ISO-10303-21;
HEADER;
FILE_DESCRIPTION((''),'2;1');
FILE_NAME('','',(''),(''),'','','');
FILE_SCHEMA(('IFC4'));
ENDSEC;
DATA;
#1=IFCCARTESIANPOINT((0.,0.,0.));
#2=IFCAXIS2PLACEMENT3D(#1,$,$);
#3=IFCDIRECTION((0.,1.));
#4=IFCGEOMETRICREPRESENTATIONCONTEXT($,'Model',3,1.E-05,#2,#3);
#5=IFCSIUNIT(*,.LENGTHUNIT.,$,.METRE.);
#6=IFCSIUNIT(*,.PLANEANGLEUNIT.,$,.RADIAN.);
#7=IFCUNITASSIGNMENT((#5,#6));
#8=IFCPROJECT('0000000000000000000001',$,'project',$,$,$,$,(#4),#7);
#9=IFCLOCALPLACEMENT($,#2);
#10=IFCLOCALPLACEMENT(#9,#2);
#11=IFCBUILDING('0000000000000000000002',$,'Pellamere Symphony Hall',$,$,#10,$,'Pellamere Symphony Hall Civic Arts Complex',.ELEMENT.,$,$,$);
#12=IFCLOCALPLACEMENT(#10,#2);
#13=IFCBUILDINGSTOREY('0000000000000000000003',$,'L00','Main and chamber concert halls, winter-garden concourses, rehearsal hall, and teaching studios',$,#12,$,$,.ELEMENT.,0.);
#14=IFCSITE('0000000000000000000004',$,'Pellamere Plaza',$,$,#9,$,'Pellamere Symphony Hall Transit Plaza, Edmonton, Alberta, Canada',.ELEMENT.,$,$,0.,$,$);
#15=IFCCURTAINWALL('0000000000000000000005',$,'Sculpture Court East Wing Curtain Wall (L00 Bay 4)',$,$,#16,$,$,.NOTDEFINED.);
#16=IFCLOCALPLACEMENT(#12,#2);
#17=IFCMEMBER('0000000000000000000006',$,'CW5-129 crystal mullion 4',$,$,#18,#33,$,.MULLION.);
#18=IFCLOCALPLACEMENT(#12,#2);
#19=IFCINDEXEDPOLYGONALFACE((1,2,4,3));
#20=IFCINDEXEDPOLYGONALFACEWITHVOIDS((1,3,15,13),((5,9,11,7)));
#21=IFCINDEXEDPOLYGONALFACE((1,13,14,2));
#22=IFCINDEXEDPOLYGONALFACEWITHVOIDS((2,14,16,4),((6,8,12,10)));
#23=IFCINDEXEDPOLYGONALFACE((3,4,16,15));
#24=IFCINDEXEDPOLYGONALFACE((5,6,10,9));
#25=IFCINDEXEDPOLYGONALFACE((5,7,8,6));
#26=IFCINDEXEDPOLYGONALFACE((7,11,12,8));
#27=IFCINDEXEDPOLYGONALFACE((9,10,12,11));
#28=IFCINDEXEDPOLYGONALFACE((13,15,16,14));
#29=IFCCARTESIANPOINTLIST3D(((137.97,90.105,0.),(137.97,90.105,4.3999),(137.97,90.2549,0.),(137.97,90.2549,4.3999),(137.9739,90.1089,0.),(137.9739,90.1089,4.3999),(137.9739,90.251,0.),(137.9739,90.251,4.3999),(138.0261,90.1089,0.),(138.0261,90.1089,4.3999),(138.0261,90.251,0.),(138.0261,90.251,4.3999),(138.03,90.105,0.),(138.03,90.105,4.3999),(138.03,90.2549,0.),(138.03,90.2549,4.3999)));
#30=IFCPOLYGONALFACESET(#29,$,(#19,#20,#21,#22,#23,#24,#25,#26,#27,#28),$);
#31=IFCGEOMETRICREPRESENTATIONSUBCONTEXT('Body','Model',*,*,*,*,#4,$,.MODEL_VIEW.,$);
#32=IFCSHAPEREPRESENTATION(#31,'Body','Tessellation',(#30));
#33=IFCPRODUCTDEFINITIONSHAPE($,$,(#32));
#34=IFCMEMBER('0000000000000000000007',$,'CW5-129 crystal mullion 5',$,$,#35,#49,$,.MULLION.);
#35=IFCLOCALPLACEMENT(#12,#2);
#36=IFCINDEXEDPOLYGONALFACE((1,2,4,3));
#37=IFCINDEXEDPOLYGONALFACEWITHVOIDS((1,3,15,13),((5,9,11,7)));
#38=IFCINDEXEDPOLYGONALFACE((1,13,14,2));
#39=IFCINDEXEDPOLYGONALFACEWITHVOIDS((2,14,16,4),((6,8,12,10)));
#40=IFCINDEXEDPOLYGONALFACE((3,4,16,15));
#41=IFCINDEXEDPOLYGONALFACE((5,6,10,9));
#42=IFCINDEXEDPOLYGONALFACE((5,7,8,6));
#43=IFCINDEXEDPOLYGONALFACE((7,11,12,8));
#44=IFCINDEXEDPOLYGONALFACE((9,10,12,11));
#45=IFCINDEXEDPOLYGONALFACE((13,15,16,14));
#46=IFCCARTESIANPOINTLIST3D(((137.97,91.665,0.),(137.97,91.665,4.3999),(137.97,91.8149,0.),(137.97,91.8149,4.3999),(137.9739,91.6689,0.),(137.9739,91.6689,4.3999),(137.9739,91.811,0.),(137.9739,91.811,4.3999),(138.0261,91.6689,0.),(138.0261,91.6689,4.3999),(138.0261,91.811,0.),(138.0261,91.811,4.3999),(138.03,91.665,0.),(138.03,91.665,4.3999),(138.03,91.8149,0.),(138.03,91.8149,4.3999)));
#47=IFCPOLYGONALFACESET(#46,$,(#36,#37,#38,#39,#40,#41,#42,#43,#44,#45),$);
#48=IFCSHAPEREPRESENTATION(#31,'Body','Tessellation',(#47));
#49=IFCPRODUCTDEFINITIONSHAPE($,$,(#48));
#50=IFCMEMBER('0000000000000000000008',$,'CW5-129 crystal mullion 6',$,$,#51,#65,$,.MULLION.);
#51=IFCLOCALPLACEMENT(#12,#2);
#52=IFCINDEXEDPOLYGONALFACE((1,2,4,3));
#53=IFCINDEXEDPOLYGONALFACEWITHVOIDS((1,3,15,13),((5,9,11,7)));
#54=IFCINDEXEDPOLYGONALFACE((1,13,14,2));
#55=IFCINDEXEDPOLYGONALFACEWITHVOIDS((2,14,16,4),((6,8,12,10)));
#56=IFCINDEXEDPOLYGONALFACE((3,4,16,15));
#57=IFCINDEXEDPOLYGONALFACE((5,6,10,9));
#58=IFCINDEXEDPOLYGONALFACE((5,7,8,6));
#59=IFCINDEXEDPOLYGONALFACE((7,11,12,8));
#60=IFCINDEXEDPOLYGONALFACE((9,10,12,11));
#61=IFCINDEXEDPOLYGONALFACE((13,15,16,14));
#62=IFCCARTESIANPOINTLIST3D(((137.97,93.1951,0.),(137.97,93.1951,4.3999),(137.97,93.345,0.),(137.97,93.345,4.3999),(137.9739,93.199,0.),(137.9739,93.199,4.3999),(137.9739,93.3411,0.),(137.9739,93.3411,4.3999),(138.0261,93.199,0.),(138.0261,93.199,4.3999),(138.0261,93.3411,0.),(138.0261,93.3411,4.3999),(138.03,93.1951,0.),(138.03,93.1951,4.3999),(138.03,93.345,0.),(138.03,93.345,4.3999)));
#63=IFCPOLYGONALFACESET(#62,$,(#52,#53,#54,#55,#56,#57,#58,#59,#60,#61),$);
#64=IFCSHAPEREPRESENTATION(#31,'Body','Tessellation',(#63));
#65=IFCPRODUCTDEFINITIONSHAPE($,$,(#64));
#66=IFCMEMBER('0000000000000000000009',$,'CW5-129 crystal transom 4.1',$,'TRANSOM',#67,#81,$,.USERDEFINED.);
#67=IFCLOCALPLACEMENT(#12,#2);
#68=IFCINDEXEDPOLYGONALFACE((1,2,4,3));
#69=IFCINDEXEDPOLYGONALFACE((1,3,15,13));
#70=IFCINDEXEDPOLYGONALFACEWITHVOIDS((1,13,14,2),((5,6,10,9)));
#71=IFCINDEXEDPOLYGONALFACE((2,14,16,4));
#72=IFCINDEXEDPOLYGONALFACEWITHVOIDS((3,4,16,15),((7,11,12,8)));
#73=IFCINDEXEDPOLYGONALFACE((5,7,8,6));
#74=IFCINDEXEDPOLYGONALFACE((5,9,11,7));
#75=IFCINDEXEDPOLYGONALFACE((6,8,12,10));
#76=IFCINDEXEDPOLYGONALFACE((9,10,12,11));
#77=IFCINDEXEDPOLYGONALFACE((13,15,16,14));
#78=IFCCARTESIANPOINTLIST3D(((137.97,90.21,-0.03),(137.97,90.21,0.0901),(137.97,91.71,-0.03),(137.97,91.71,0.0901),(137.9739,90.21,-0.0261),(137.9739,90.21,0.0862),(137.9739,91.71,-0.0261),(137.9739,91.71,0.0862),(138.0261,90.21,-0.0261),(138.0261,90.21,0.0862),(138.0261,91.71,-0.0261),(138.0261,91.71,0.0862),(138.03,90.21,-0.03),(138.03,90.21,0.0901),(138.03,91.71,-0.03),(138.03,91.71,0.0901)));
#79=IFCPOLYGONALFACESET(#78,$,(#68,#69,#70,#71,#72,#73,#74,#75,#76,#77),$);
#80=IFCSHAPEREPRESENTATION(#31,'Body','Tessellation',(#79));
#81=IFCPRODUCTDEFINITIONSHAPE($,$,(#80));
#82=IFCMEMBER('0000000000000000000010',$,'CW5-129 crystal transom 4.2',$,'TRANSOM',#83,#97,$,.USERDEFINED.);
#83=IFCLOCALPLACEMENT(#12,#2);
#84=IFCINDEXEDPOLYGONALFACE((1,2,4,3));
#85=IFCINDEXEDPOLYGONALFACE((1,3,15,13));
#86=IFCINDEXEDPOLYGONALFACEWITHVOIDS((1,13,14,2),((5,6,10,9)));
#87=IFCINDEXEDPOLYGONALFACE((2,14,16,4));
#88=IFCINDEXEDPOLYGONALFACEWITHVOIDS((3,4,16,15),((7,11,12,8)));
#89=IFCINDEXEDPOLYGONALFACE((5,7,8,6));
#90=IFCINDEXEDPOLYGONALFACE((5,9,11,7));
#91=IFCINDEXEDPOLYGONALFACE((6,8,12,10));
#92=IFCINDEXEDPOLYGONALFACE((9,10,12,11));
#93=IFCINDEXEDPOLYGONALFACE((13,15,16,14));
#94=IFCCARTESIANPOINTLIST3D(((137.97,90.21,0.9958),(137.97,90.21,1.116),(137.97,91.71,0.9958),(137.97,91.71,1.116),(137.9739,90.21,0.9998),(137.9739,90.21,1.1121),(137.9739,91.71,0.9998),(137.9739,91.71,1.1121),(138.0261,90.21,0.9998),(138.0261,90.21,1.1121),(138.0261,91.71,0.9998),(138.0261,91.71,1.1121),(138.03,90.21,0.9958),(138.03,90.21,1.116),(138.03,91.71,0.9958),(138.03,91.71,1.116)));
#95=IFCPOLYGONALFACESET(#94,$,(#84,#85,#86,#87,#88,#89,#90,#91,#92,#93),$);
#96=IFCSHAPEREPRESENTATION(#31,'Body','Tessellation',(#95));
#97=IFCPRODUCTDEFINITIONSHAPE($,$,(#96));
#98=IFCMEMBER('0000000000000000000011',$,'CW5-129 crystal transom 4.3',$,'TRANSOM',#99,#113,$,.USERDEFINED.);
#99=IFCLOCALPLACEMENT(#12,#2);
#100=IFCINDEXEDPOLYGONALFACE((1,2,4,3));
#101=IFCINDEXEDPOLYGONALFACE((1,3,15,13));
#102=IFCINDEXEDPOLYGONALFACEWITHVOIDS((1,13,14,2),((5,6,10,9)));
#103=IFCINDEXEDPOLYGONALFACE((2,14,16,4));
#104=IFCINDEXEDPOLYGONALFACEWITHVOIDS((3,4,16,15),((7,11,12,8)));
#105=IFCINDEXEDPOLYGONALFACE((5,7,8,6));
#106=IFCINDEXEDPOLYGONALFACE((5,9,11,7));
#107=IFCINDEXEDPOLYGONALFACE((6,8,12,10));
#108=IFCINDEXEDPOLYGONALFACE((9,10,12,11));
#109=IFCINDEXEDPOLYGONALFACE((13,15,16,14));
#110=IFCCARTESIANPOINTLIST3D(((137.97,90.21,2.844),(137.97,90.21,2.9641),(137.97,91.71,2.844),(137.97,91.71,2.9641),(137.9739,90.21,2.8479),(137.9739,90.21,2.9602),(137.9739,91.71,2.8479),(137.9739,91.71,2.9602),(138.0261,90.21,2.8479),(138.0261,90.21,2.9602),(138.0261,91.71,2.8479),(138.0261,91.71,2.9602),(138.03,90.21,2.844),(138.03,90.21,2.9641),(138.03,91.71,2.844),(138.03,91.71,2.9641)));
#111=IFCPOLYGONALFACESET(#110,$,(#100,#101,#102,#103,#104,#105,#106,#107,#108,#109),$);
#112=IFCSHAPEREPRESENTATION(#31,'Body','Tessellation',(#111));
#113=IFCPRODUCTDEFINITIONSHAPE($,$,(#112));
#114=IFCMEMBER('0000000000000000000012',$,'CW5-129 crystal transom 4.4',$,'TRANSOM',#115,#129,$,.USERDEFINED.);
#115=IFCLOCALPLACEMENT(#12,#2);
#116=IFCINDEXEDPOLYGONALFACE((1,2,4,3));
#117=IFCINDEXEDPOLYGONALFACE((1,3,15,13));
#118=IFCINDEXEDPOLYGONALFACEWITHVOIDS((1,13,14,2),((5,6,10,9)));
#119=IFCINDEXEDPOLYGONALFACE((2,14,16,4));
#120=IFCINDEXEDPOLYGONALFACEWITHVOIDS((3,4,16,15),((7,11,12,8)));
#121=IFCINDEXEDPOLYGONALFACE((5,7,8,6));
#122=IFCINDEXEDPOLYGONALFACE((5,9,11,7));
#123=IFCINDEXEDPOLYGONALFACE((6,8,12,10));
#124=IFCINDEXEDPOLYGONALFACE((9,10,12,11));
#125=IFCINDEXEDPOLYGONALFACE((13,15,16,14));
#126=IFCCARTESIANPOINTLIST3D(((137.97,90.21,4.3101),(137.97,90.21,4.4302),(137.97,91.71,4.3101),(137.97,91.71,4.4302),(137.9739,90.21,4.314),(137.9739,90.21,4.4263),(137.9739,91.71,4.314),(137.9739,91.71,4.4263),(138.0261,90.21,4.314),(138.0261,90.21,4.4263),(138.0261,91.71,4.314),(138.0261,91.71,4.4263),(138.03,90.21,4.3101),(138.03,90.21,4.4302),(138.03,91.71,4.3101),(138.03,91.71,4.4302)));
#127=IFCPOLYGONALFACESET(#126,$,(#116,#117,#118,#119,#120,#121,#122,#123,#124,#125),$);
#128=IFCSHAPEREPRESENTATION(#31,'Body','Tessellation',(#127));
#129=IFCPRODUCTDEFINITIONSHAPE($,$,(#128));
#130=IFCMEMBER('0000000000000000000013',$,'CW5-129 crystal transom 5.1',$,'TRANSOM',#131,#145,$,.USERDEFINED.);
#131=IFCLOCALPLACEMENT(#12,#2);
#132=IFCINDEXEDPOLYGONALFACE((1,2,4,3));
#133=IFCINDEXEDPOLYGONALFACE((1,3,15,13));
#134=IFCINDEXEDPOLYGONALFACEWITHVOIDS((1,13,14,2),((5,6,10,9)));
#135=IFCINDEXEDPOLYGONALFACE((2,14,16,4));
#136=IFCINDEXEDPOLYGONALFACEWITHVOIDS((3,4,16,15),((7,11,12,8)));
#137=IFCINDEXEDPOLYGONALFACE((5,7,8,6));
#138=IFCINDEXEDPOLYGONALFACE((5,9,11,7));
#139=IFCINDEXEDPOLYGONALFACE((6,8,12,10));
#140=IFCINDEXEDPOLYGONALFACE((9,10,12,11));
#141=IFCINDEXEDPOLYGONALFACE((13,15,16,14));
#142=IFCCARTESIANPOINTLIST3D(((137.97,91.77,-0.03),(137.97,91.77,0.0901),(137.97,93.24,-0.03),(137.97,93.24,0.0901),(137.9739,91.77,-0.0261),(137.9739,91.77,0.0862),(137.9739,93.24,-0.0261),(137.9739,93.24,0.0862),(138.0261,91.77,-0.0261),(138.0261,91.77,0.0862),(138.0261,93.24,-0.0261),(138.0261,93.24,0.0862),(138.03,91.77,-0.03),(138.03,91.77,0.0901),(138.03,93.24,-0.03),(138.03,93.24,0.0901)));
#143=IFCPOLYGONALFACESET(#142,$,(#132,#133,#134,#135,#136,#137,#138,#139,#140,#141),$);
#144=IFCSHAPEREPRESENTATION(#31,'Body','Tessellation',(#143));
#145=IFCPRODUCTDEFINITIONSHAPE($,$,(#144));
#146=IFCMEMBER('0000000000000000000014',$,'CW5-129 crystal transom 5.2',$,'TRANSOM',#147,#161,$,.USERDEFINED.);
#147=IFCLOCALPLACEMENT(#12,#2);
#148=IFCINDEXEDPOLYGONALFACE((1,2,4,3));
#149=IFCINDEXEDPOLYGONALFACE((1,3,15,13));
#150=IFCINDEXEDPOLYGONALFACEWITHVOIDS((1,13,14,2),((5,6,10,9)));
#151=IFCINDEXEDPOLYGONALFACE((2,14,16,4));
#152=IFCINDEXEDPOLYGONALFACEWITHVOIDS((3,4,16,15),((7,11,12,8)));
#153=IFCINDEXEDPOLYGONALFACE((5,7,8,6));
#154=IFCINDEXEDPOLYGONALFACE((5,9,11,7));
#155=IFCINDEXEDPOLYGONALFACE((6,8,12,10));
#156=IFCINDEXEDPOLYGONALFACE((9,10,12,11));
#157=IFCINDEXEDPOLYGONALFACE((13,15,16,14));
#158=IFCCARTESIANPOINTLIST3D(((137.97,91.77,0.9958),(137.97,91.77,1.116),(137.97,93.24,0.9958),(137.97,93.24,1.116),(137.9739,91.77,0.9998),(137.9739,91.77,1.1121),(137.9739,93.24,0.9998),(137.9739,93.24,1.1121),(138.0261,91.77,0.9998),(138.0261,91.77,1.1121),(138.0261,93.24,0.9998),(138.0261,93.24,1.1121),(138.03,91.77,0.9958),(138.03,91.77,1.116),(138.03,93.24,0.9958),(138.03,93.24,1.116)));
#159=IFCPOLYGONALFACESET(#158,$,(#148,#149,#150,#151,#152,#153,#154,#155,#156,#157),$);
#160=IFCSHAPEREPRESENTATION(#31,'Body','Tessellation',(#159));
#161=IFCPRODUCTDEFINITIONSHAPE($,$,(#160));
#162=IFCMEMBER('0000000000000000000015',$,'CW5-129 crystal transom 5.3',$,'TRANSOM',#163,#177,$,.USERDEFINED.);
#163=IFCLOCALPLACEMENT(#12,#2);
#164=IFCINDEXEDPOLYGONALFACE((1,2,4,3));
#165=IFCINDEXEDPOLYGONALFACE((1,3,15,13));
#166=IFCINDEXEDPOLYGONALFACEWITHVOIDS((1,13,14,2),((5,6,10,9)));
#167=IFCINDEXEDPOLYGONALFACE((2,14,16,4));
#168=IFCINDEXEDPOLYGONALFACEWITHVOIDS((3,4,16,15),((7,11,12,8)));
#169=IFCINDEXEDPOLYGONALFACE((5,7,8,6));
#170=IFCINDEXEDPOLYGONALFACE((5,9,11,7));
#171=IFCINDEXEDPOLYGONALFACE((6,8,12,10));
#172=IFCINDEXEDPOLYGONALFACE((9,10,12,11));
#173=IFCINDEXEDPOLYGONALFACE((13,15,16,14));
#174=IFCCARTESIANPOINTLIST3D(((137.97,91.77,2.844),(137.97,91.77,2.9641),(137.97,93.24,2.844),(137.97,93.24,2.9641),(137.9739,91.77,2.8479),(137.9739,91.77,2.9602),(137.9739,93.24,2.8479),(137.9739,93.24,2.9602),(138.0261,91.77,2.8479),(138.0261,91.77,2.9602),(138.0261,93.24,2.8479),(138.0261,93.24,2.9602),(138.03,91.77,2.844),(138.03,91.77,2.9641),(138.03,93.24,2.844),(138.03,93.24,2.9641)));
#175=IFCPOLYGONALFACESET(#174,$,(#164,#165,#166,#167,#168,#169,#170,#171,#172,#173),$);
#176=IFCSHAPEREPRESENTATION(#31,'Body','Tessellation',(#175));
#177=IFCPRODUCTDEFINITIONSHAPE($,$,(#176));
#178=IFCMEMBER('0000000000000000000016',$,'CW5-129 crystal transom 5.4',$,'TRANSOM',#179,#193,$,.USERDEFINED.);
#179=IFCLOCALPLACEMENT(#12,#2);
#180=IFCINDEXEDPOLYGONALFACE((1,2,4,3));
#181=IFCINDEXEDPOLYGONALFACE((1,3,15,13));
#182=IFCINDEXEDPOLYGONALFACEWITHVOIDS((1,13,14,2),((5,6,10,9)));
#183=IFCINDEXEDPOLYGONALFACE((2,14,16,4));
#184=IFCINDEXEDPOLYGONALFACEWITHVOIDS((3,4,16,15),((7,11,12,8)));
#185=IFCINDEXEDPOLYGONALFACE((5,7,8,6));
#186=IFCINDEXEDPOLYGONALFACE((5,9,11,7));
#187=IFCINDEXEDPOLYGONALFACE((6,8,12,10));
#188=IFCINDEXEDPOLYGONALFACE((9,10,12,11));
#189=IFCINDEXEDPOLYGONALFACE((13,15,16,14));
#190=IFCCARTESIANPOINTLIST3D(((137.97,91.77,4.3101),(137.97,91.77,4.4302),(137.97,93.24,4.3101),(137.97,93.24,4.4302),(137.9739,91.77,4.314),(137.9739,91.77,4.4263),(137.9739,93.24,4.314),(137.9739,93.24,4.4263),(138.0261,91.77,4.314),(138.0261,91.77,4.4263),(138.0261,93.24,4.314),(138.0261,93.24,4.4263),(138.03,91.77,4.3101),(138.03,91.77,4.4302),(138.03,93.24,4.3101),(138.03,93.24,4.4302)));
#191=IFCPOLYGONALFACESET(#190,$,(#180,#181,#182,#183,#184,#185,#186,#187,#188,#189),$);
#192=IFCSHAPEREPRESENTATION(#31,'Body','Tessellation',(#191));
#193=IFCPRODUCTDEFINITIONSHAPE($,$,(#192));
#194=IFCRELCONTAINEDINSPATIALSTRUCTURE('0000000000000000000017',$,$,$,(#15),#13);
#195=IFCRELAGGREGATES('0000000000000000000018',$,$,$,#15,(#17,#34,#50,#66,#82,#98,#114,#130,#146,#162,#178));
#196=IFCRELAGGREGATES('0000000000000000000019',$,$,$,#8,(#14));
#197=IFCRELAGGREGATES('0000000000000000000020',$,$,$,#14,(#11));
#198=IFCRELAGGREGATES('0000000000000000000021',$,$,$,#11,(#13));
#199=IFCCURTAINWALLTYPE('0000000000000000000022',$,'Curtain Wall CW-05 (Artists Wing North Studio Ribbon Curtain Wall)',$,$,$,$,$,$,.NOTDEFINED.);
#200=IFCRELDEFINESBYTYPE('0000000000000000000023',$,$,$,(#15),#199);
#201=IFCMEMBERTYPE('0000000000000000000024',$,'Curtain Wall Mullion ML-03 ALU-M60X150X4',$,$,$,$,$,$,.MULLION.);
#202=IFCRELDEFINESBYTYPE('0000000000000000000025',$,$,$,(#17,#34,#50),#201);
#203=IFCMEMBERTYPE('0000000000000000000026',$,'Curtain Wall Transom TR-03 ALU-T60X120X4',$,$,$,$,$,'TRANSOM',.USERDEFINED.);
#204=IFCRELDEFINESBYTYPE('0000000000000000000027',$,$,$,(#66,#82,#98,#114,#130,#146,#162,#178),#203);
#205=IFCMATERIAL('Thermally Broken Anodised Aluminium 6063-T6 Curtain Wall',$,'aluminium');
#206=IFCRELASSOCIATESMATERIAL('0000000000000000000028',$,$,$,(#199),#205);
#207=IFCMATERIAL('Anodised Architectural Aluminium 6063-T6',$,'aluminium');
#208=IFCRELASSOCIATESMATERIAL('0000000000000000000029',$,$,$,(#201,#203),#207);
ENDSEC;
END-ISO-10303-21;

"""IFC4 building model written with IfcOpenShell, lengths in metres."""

from ifc_helpers import new_model, si_unit, direction, frame, origin, origin_2d, place, context, subcontext, project, spatial, hollow_rectangle, extrude, material, material_profile, profile_set, type_object, element, aggregate, save


model = new_model("IFC4")

# Units and contexts
model_context = context("Model", 3, precision=1e-05, world=origin(), true_north=direction((0.0, 1.0)))
body_context = subcontext(model_context, "Body", "Model", "MODEL_VIEW")
ifc_project = project(units=[si_unit("LENGTHUNIT", "METRE"), si_unit("PLANEANGLEUNIT", "RADIAN")], contexts=[model_context])

# Site, building, storey
site_placement = place(None, origin())
site = spatial("IfcSite", under=ifc_project, at=site_placement, Name="Pellamere Plaza", LongName="Pellamere Symphony Hall Transit Plaza, Edmonton, Alberta, Canada", CompositionType="ELEMENT", RefElevation=0.0)
building_placement = place(site_placement, origin())
building = spatial("IfcBuilding", under=site, at=building_placement, Name="Pellamere Symphony Hall", LongName="Pellamere Symphony Hall Civic Arts Complex", CompositionType="ELEMENT")
storey_placement = place(building_placement, origin())
storey = spatial("IfcBuildingStorey", under=building, at=storey_placement, Name="L00", Description="Main and chamber concert halls, winter-garden concourses, rehearsal hall, and teaching studios", CompositionType="ELEMENT", Elevation=0.0)

# Curtain wall, members
ifc_material_1 = material(Name="Thermally Broken Anodised Aluminium 6063-T6 Curtain Wall", Category="aluminium")
curtain_wall_type = type_object("IfcCurtainWallType", Name="Curtain Wall CW-05 (Artists Wing North Studio Ribbon Curtain Wall)", PredefinedType="NOTDEFINED", material=ifc_material_1)
curtain_wall_placement = place(storey_placement, origin())
curtain_wall = element("IfcCurtainWall", 1, at=curtain_wall_placement, inside=storey, type_object=curtain_wall_type, Name="Sculpture Court East Wing Curtain Wall (L00 Bay 4)", PredefinedType="NOTDEFINED")
ifc_material_2 = material(Name="Anodised Architectural Aluminium 6063-T6", Category="aluminium")
ifc_material_profile_1 = material_profile(ifc_material_2, hollow_rectangle(XDim=0.0601, YDim=0.1499, WallThickness=0.0039, at=origin_2d()), Name="ALU-M60X150X4")
ifc_profile_set_1 = profile_set([ifc_material_profile_1], Name="Anodised Architectural Aluminium 6063-T6")
member_type_1 = type_object("IfcMemberType", Name="Curtain Wall Mullion ML-03 ALU-M60X150X4", PredefinedType="MULLION", material=ifc_profile_set_1)
member_1_placement = place(storey_placement, frame((138.0, 90.1799, 0.0), z_axis=(0.0, 0.0, 1.0), x_axis=(-1.0, 0.0, 0.0)))
member_1 = element("IfcMember", 2, at=member_1_placement, type_object=member_type_1, Name="CW5-129 crystal mullion 4", PredefinedType="MULLION", context=body_context, shape_type="SweptSolid", body=[
    extrude(hollow_rectangle(XDim=0.0601, YDim=0.1499, WallThickness=0.0039, at=origin_2d()), origin(), (0.0, 0.0, 1.0), 4.3999),
])
member_2_placement = place(storey_placement, frame((138.0, 91.74, 0.0), z_axis=(0.0, 0.0, 1.0), x_axis=(-1.0, 0.0, 0.0)))
member_2 = element("IfcMember", 3, at=member_2_placement, type_object=member_type_1, Name="CW5-129 crystal mullion 5", PredefinedType="MULLION", context=body_context, shape_type="SweptSolid", body=[
    extrude(hollow_rectangle(XDim=0.0601, YDim=0.1499, WallThickness=0.0039, at=origin_2d()), origin(), (0.0, 0.0, 1.0), 4.3999),
])
member_3_placement = place(storey_placement, frame((138.0, 93.27, 0.0), z_axis=(0.0, 0.0, 1.0), x_axis=(-1.0, 0.0, 0.0)))
member_3 = element("IfcMember", 4, at=member_3_placement, type_object=member_type_1, Name="CW5-129 crystal mullion 6", PredefinedType="MULLION", context=body_context, shape_type="SweptSolid", body=[
    extrude(hollow_rectangle(XDim=0.0601, YDim=0.1499, WallThickness=0.0039, at=origin_2d()), origin(), (0.0, 0.0, 1.0), 4.3999),
])
ifc_material_profile_2 = material_profile(ifc_material_2, hollow_rectangle(XDim=0.0601, YDim=0.1201, WallThickness=0.0039, at=origin_2d()), Name="ALU-T60X120X4")
ifc_profile_set_2 = profile_set([ifc_material_profile_2], Name="Anodised Architectural Aluminium 6063-T6")
member_type_2 = type_object("IfcMemberType", Name="Curtain Wall Transom TR-03 ALU-T60X120X4", ElementType="TRANSOM", PredefinedType="USERDEFINED", material=ifc_profile_set_2)
member_4_placement = place(storey_placement, frame((138.0, 90.21, 0.03), z_axis=(0.0, 1.0, 0.0), x_axis=(-1.0, 0.0, 0.0)))
member_4 = element("IfcMember", 5, at=member_4_placement, type_object=member_type_2, Name="CW5-129 crystal transom 4.1", ObjectType="TRANSOM", PredefinedType="USERDEFINED", context=body_context, shape_type="SweptSolid", body=[
    extrude(hollow_rectangle(XDim=0.0601, YDim=0.1201, WallThickness=0.0039, at=origin_2d()), origin(), (0.0, 0.0, 1.0), 1.5),
])
member_5_placement = place(storey_placement, frame((138.0, 90.21, 1.0559), z_axis=(0.0, 1.0, 0.0), x_axis=(-1.0, 0.0, 0.0)))
member_5 = element("IfcMember", 6, at=member_5_placement, type_object=member_type_2, Name="CW5-129 crystal transom 4.2", ObjectType="TRANSOM", PredefinedType="USERDEFINED", context=body_context, shape_type="SweptSolid", body=[
    extrude(hollow_rectangle(XDim=0.0601, YDim=0.1201, WallThickness=0.0039, at=origin_2d()), origin(), (0.0, 0.0, 1.0), 1.5),
])
member_6_placement = place(storey_placement, frame((138.0, 90.21, 2.9041), z_axis=(0.0, 1.0, 0.0), x_axis=(-1.0, 0.0, 0.0)))
member_6 = element("IfcMember", 7, at=member_6_placement, type_object=member_type_2, Name="CW5-129 crystal transom 4.3", ObjectType="TRANSOM", PredefinedType="USERDEFINED", context=body_context, shape_type="SweptSolid", body=[
    extrude(hollow_rectangle(XDim=0.0601, YDim=0.1201, WallThickness=0.0039, at=origin_2d()), origin(), (0.0, 0.0, 1.0), 1.5),
])
member_7_placement = place(storey_placement, frame((138.0, 90.21, 4.3701), z_axis=(0.0, 1.0, 0.0), x_axis=(-1.0, 0.0, 0.0)))
member_7 = element("IfcMember", 8, at=member_7_placement, type_object=member_type_2, Name="CW5-129 crystal transom 4.4", ObjectType="TRANSOM", PredefinedType="USERDEFINED", context=body_context, shape_type="SweptSolid", body=[
    extrude(hollow_rectangle(XDim=0.0601, YDim=0.1201, WallThickness=0.0039, at=origin_2d()), origin(), (0.0, 0.0, 1.0), 1.5),
])
member_8_placement = place(storey_placement, frame((138.0, 91.77, 0.03), z_axis=(0.0, 1.0, 0.0), x_axis=(-1.0, 0.0, 0.0)))
member_8 = element("IfcMember", 9, at=member_8_placement, type_object=member_type_2, Name="CW5-129 crystal transom 5.1", ObjectType="TRANSOM", PredefinedType="USERDEFINED", context=body_context, shape_type="SweptSolid", body=[
    extrude(hollow_rectangle(XDim=0.0601, YDim=0.1201, WallThickness=0.0039, at=origin_2d()), origin(), (0.0, 0.0, 1.0), 1.47),
])
member_9_placement = place(storey_placement, frame((138.0, 91.77, 1.0559), z_axis=(0.0, 1.0, 0.0), x_axis=(-1.0, 0.0, 0.0)))
member_9 = element("IfcMember", 10, at=member_9_placement, type_object=member_type_2, Name="CW5-129 crystal transom 5.2", ObjectType="TRANSOM", PredefinedType="USERDEFINED", context=body_context, shape_type="SweptSolid", body=[
    extrude(hollow_rectangle(XDim=0.0601, YDim=0.1201, WallThickness=0.0039, at=origin_2d()), origin(), (0.0, 0.0, 1.0), 1.47),
])
member_10_placement = place(storey_placement, frame((138.0, 91.77, 2.9041), z_axis=(0.0, 1.0, 0.0), x_axis=(-1.0, 0.0, 0.0)))
member_10 = element("IfcMember", 11, at=member_10_placement, type_object=member_type_2, Name="CW5-129 crystal transom 5.3", ObjectType="TRANSOM", PredefinedType="USERDEFINED", context=body_context, shape_type="SweptSolid", body=[
    extrude(hollow_rectangle(XDim=0.0601, YDim=0.1201, WallThickness=0.0039, at=origin_2d()), origin(), (0.0, 0.0, 1.0), 1.47),
])
member_11_placement = place(storey_placement, frame((138.0, 91.77, 4.3701), z_axis=(0.0, 1.0, 0.0), x_axis=(-1.0, 0.0, 0.0)))
member_11 = element("IfcMember", 12, at=member_11_placement, type_object=member_type_2, Name="CW5-129 crystal transom 5.4", ObjectType="TRANSOM", PredefinedType="USERDEFINED", context=body_context, shape_type="SweptSolid", body=[
    extrude(hollow_rectangle(XDim=0.0601, YDim=0.1201, WallThickness=0.0039, at=origin_2d()), origin(), (0.0, 0.0, 1.0), 1.47),
])
aggregate(curtain_wall, [member_1, member_2, member_3, member_4, member_5, member_6, member_7, member_8, member_9, member_10, member_11])

save(model, "model.ifc")
